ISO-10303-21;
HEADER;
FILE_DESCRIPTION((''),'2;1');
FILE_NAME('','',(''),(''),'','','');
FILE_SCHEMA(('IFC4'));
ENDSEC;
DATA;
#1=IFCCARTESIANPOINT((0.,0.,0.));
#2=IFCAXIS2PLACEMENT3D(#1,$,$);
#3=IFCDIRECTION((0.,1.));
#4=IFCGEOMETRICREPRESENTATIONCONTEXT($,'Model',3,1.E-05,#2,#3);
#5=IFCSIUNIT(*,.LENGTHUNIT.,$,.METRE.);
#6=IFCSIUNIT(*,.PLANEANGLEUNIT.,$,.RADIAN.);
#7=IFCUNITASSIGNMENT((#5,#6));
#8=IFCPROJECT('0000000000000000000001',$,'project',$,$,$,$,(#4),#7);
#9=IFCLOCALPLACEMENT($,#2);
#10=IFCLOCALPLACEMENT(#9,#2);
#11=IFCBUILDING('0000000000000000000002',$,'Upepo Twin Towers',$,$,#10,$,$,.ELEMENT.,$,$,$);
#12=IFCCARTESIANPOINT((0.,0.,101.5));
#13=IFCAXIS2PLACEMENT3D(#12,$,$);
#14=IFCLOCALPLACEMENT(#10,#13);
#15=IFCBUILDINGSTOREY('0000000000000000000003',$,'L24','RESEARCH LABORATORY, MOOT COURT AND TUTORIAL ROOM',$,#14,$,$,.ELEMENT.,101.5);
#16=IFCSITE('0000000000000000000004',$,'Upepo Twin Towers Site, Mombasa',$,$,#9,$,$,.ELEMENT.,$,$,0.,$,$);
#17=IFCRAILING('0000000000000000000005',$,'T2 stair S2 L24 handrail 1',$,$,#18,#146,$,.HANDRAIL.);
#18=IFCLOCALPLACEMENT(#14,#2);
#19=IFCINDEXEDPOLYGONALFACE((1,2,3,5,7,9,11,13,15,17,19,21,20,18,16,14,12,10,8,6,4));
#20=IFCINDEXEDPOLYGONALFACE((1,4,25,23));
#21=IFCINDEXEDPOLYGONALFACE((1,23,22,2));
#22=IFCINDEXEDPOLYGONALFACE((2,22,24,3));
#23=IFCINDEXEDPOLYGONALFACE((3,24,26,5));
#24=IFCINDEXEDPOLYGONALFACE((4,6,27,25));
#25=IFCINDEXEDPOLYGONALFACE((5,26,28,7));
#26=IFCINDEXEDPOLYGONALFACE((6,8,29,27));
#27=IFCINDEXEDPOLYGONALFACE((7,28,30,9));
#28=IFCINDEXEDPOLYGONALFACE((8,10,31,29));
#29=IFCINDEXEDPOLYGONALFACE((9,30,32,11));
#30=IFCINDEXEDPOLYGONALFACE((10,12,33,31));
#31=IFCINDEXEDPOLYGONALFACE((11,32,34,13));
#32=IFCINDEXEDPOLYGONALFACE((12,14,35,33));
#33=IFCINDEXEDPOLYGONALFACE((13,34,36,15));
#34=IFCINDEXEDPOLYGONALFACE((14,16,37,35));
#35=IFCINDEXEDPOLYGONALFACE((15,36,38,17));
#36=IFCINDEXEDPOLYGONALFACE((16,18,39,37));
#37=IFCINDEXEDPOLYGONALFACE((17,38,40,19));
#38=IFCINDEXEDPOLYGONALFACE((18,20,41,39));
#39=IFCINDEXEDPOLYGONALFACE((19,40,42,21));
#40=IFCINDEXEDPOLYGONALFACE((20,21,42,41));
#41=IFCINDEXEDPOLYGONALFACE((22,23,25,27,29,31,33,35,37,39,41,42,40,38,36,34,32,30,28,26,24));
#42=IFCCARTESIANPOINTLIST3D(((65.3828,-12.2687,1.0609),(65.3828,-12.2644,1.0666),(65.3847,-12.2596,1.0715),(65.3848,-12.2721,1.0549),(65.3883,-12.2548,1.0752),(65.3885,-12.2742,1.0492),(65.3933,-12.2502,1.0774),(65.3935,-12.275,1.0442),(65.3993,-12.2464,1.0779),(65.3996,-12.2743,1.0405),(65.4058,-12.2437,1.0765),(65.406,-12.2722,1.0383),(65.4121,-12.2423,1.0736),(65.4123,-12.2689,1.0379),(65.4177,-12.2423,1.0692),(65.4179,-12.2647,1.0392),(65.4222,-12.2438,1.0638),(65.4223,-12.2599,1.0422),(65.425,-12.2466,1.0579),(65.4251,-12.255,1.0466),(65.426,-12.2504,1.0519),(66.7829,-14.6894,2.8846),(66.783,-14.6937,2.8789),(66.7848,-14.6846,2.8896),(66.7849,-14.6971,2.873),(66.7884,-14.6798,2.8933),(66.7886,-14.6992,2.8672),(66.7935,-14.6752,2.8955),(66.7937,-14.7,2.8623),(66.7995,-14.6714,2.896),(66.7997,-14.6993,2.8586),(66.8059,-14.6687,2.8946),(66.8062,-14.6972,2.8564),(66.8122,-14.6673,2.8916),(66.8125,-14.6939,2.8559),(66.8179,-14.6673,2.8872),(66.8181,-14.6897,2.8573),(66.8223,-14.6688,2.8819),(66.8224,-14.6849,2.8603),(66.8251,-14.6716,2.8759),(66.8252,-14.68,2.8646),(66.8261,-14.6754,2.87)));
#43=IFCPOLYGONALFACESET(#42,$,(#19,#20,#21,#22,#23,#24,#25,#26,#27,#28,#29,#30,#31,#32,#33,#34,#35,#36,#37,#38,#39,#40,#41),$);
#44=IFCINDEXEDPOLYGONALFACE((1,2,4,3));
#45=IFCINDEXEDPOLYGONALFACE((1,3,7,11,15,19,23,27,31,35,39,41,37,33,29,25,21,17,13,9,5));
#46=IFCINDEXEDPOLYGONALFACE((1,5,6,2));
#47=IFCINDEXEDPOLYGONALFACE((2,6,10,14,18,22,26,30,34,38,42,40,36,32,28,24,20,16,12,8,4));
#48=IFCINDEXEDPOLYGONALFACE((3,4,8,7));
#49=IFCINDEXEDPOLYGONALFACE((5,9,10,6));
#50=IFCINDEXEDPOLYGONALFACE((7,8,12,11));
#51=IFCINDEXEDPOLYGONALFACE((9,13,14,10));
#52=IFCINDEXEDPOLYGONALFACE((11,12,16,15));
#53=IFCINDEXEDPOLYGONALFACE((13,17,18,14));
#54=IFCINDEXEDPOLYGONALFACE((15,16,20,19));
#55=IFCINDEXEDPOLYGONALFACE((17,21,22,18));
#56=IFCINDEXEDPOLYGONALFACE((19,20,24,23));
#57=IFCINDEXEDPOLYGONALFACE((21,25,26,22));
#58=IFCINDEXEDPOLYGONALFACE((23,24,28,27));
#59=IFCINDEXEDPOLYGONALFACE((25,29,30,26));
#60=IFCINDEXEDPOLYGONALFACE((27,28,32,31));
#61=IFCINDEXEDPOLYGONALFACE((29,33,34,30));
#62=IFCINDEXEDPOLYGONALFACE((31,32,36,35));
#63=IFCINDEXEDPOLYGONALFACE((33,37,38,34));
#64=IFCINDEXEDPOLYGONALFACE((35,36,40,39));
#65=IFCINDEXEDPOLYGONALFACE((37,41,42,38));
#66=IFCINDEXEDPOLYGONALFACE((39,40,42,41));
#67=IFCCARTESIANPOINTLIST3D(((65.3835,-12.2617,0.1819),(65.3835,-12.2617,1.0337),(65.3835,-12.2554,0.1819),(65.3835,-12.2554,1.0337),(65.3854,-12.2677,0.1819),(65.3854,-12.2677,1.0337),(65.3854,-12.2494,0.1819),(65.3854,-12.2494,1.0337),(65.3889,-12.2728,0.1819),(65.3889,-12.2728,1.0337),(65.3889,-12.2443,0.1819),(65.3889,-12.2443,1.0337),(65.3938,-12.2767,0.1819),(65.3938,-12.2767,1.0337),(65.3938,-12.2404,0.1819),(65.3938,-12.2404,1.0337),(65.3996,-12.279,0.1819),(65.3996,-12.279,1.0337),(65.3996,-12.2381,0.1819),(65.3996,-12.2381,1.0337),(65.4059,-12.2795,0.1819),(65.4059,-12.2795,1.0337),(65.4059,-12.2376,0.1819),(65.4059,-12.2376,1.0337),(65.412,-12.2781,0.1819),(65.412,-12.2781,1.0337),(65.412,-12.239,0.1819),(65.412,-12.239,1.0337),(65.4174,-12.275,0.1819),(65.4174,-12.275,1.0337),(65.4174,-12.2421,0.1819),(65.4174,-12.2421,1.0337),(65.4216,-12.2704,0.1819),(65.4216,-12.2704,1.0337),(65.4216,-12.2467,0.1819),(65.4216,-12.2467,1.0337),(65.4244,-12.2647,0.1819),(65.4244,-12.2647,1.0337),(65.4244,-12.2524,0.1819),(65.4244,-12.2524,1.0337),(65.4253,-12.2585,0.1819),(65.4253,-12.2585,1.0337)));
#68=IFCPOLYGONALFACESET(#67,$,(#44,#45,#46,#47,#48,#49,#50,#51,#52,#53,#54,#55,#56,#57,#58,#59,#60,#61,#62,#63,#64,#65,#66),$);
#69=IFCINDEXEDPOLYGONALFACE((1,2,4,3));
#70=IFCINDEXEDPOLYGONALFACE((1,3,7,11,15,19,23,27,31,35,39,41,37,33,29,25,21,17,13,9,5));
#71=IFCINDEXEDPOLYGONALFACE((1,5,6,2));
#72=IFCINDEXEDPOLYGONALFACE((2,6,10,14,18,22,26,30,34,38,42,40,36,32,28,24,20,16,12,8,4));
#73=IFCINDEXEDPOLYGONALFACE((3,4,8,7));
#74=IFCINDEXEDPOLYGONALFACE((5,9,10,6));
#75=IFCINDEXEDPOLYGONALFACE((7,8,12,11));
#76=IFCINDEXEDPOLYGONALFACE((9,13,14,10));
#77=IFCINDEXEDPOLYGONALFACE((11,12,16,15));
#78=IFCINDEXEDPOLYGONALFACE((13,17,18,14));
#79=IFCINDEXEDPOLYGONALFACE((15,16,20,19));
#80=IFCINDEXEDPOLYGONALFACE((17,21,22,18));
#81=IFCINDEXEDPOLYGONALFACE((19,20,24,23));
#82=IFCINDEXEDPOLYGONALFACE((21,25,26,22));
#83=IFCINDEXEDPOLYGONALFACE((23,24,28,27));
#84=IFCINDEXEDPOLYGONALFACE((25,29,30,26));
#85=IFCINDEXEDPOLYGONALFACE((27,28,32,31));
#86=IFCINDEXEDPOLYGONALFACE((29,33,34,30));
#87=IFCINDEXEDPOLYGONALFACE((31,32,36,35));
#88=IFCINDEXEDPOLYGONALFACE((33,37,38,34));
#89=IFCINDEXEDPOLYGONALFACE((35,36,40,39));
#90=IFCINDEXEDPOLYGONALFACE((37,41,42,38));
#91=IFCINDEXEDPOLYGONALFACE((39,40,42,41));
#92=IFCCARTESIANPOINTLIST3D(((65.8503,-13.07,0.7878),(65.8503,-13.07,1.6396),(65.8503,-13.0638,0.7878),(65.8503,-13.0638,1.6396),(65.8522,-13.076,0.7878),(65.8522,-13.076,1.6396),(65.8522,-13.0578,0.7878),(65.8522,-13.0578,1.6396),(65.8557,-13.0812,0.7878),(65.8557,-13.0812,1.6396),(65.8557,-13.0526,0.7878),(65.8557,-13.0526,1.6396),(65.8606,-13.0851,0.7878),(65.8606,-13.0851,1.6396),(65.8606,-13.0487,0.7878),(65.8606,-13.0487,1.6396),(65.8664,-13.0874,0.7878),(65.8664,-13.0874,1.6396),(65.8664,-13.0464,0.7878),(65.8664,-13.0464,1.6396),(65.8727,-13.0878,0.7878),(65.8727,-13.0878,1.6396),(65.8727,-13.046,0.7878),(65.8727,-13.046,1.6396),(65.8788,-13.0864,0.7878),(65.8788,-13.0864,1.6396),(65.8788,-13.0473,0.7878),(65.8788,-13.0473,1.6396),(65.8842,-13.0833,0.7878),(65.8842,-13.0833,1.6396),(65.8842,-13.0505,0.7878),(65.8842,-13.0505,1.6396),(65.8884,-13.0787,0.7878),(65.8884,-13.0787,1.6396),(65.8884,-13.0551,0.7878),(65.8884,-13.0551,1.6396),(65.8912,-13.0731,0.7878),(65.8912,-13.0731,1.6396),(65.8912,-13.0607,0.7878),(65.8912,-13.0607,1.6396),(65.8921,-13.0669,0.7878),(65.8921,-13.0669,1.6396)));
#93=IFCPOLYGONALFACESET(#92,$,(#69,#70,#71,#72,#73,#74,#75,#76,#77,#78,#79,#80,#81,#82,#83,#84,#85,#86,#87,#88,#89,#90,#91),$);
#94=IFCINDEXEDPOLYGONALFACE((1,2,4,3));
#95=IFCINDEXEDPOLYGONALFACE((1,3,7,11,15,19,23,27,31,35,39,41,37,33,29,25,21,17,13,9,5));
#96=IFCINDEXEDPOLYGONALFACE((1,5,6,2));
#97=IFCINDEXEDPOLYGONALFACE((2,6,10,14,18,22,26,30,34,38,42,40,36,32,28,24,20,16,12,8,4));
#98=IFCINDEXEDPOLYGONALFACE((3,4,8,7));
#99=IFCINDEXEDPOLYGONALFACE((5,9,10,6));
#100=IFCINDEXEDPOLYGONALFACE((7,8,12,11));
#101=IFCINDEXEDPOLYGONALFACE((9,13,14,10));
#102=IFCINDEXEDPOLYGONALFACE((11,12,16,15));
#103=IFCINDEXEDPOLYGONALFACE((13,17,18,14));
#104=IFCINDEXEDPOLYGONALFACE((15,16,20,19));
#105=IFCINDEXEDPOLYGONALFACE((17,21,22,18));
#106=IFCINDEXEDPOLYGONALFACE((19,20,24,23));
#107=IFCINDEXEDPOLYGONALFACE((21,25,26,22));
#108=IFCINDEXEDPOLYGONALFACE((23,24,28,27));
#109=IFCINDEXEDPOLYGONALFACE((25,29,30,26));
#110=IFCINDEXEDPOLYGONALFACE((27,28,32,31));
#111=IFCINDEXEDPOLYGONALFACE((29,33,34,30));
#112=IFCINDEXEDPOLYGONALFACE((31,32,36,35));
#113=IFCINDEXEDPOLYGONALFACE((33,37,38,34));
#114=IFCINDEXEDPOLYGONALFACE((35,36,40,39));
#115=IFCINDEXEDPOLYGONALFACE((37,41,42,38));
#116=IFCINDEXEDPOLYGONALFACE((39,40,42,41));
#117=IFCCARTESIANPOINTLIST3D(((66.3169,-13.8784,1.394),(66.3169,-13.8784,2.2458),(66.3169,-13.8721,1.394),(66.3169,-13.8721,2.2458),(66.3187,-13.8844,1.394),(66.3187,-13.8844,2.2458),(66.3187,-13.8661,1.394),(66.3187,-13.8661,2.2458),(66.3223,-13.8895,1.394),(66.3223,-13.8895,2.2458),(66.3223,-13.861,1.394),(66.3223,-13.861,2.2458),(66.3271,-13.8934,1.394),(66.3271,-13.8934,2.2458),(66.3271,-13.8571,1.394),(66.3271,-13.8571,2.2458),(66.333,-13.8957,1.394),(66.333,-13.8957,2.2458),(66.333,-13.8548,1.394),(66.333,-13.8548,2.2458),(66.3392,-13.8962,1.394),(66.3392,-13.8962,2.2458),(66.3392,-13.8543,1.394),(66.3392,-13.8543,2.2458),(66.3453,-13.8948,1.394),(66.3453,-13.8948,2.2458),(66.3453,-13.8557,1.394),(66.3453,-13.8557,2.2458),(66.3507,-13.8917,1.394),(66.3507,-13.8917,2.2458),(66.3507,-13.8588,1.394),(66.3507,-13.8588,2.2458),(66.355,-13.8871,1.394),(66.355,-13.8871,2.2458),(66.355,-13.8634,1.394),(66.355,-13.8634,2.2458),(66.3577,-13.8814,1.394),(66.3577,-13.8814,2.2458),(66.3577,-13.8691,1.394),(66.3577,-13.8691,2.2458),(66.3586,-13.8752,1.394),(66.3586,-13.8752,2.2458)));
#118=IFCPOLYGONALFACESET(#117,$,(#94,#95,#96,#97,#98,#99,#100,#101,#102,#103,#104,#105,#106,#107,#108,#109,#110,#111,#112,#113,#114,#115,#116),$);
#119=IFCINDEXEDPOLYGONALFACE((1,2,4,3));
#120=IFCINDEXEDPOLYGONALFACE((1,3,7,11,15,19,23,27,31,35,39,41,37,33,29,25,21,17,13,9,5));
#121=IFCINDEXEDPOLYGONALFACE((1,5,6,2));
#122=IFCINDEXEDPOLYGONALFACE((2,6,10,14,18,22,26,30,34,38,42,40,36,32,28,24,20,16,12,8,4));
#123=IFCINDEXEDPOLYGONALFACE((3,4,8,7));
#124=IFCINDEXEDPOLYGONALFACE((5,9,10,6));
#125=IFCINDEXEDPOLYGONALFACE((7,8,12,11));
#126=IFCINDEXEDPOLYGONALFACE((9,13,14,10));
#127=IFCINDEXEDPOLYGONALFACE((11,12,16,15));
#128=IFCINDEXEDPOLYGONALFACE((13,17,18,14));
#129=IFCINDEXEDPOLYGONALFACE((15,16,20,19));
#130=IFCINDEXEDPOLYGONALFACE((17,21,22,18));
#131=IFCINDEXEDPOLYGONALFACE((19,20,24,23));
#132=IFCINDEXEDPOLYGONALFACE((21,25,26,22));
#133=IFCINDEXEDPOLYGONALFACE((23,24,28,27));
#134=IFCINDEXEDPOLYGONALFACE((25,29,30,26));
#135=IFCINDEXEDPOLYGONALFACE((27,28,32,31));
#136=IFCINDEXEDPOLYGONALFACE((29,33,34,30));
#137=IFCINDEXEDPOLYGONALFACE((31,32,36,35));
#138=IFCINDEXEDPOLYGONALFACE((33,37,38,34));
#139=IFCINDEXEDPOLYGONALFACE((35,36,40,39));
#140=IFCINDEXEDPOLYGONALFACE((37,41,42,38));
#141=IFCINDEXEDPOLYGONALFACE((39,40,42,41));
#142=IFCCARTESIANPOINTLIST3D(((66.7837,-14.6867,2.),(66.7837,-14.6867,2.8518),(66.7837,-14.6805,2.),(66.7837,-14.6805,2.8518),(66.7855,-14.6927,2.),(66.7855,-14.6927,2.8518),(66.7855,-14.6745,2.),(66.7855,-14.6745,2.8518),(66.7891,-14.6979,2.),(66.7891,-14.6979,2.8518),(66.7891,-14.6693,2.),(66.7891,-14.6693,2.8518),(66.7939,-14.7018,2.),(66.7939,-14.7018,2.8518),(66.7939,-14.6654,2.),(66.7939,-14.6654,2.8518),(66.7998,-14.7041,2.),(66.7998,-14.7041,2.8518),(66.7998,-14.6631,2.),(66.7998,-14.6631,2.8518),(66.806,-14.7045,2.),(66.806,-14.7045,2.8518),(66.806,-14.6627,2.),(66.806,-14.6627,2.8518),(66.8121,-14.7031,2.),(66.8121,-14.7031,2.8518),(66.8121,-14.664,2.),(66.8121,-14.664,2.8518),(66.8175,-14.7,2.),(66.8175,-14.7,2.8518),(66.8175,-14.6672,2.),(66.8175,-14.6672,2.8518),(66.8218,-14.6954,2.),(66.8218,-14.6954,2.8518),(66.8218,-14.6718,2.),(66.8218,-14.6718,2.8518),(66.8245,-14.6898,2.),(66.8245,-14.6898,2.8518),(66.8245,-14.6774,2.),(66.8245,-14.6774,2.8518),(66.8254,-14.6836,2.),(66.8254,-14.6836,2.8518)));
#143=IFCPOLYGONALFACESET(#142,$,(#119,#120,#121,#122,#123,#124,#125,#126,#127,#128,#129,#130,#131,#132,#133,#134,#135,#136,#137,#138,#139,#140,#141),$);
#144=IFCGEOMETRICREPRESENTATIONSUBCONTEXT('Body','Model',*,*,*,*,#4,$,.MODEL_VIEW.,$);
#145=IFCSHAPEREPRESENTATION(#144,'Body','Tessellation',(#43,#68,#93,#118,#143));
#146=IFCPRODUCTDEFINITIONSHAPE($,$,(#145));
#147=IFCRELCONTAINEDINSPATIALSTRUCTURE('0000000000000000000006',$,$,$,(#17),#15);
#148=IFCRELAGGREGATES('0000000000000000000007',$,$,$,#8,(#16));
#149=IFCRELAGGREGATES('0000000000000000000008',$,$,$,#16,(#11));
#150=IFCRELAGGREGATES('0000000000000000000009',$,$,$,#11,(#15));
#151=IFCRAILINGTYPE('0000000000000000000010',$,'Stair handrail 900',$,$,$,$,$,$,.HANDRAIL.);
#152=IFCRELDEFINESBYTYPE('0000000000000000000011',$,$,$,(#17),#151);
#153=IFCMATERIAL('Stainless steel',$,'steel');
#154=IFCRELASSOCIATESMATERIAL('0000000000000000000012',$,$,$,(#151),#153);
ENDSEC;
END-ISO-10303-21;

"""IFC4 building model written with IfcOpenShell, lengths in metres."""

from ifc_helpers import new_model, si_unit, direction, frame, origin, origin_2d, place, context, subcontext, project, spatial, circle, extrude, material, type_object, element, save


model = new_model("IFC4")

# Units and contexts
model_context = context("Model", 3, precision=1e-05, world=origin(), true_north=direction((0.0, 1.0)))
body_context = subcontext(model_context, "Body", "Model", "MODEL_VIEW")
ifc_project = project(units=[si_unit("LENGTHUNIT", "METRE"), si_unit("PLANEANGLEUNIT", "RADIAN")], contexts=[model_context])

# Site, building, storey
site_placement = place(None, origin())
site = spatial("IfcSite", under=ifc_project, at=site_placement, Name="Upepo Twin Towers Site, Mombasa", CompositionType="ELEMENT", RefElevation=0.0)
building_placement = place(site_placement, origin())
building = spatial("IfcBuilding", under=site, at=building_placement, Name="Upepo Twin Towers", CompositionType="ELEMENT")
storey_placement = place(building_placement, frame((0.0, 0.0, 101.5)))
storey = spatial("IfcBuildingStorey", under=building, at=storey_placement, Name="L24", Description="RESEARCH LABORATORY, MOOT COURT AND TUTORIAL ROOM", CompositionType="ELEMENT", Elevation=101.5)

# Railing
ifc_material_1 = material(Name="Stainless steel", Category="steel")
railing_type = type_object("IfcRailingType", Name="Stair handrail 900", PredefinedType="HANDRAIL", material=ifc_material_1)
railing_1_placement = place(storey_placement, frame((65.4043, -12.2585, 0.1819)))
element("IfcRailing", 1, at=railing_1_placement, inside=storey, type_object=railing_type, Name="T2 stair S2 L24 handrail 1", PredefinedType="HANDRAIL", context=body_context, shape_type="SweptSolid", body=[
    extrude(circle(Radius=0.0239, at=origin_2d()), frame((0.0, 0.0, 0.876), z_axis=(0.419371, -0.726349, 0.54456), x_axis=(0.866019, 0.500012, 0.0)), (0.0, 0.0, 1.0), 3.3386),
    extrude(circle(Radius=0.021, at=origin_2d()), origin(), (0.0, 0.0, 1.0), 0.8518),
    extrude(circle(Radius=0.021, at=origin_2d()), frame((0.4668, -0.8083, 0.606)), (0.0, 0.0, 1.0), 0.8518),
    extrude(circle(Radius=0.021, at=origin_2d()), frame((0.9333, -1.6167, 1.2122)), (0.0, 0.0, 1.0), 0.8518),
    extrude(circle(Radius=0.021, at=origin_2d()), frame((1.4001, -2.425, 1.8181)), (0.0, 0.0, 1.0), 0.8518),
])

save(model, "model.ifc")
